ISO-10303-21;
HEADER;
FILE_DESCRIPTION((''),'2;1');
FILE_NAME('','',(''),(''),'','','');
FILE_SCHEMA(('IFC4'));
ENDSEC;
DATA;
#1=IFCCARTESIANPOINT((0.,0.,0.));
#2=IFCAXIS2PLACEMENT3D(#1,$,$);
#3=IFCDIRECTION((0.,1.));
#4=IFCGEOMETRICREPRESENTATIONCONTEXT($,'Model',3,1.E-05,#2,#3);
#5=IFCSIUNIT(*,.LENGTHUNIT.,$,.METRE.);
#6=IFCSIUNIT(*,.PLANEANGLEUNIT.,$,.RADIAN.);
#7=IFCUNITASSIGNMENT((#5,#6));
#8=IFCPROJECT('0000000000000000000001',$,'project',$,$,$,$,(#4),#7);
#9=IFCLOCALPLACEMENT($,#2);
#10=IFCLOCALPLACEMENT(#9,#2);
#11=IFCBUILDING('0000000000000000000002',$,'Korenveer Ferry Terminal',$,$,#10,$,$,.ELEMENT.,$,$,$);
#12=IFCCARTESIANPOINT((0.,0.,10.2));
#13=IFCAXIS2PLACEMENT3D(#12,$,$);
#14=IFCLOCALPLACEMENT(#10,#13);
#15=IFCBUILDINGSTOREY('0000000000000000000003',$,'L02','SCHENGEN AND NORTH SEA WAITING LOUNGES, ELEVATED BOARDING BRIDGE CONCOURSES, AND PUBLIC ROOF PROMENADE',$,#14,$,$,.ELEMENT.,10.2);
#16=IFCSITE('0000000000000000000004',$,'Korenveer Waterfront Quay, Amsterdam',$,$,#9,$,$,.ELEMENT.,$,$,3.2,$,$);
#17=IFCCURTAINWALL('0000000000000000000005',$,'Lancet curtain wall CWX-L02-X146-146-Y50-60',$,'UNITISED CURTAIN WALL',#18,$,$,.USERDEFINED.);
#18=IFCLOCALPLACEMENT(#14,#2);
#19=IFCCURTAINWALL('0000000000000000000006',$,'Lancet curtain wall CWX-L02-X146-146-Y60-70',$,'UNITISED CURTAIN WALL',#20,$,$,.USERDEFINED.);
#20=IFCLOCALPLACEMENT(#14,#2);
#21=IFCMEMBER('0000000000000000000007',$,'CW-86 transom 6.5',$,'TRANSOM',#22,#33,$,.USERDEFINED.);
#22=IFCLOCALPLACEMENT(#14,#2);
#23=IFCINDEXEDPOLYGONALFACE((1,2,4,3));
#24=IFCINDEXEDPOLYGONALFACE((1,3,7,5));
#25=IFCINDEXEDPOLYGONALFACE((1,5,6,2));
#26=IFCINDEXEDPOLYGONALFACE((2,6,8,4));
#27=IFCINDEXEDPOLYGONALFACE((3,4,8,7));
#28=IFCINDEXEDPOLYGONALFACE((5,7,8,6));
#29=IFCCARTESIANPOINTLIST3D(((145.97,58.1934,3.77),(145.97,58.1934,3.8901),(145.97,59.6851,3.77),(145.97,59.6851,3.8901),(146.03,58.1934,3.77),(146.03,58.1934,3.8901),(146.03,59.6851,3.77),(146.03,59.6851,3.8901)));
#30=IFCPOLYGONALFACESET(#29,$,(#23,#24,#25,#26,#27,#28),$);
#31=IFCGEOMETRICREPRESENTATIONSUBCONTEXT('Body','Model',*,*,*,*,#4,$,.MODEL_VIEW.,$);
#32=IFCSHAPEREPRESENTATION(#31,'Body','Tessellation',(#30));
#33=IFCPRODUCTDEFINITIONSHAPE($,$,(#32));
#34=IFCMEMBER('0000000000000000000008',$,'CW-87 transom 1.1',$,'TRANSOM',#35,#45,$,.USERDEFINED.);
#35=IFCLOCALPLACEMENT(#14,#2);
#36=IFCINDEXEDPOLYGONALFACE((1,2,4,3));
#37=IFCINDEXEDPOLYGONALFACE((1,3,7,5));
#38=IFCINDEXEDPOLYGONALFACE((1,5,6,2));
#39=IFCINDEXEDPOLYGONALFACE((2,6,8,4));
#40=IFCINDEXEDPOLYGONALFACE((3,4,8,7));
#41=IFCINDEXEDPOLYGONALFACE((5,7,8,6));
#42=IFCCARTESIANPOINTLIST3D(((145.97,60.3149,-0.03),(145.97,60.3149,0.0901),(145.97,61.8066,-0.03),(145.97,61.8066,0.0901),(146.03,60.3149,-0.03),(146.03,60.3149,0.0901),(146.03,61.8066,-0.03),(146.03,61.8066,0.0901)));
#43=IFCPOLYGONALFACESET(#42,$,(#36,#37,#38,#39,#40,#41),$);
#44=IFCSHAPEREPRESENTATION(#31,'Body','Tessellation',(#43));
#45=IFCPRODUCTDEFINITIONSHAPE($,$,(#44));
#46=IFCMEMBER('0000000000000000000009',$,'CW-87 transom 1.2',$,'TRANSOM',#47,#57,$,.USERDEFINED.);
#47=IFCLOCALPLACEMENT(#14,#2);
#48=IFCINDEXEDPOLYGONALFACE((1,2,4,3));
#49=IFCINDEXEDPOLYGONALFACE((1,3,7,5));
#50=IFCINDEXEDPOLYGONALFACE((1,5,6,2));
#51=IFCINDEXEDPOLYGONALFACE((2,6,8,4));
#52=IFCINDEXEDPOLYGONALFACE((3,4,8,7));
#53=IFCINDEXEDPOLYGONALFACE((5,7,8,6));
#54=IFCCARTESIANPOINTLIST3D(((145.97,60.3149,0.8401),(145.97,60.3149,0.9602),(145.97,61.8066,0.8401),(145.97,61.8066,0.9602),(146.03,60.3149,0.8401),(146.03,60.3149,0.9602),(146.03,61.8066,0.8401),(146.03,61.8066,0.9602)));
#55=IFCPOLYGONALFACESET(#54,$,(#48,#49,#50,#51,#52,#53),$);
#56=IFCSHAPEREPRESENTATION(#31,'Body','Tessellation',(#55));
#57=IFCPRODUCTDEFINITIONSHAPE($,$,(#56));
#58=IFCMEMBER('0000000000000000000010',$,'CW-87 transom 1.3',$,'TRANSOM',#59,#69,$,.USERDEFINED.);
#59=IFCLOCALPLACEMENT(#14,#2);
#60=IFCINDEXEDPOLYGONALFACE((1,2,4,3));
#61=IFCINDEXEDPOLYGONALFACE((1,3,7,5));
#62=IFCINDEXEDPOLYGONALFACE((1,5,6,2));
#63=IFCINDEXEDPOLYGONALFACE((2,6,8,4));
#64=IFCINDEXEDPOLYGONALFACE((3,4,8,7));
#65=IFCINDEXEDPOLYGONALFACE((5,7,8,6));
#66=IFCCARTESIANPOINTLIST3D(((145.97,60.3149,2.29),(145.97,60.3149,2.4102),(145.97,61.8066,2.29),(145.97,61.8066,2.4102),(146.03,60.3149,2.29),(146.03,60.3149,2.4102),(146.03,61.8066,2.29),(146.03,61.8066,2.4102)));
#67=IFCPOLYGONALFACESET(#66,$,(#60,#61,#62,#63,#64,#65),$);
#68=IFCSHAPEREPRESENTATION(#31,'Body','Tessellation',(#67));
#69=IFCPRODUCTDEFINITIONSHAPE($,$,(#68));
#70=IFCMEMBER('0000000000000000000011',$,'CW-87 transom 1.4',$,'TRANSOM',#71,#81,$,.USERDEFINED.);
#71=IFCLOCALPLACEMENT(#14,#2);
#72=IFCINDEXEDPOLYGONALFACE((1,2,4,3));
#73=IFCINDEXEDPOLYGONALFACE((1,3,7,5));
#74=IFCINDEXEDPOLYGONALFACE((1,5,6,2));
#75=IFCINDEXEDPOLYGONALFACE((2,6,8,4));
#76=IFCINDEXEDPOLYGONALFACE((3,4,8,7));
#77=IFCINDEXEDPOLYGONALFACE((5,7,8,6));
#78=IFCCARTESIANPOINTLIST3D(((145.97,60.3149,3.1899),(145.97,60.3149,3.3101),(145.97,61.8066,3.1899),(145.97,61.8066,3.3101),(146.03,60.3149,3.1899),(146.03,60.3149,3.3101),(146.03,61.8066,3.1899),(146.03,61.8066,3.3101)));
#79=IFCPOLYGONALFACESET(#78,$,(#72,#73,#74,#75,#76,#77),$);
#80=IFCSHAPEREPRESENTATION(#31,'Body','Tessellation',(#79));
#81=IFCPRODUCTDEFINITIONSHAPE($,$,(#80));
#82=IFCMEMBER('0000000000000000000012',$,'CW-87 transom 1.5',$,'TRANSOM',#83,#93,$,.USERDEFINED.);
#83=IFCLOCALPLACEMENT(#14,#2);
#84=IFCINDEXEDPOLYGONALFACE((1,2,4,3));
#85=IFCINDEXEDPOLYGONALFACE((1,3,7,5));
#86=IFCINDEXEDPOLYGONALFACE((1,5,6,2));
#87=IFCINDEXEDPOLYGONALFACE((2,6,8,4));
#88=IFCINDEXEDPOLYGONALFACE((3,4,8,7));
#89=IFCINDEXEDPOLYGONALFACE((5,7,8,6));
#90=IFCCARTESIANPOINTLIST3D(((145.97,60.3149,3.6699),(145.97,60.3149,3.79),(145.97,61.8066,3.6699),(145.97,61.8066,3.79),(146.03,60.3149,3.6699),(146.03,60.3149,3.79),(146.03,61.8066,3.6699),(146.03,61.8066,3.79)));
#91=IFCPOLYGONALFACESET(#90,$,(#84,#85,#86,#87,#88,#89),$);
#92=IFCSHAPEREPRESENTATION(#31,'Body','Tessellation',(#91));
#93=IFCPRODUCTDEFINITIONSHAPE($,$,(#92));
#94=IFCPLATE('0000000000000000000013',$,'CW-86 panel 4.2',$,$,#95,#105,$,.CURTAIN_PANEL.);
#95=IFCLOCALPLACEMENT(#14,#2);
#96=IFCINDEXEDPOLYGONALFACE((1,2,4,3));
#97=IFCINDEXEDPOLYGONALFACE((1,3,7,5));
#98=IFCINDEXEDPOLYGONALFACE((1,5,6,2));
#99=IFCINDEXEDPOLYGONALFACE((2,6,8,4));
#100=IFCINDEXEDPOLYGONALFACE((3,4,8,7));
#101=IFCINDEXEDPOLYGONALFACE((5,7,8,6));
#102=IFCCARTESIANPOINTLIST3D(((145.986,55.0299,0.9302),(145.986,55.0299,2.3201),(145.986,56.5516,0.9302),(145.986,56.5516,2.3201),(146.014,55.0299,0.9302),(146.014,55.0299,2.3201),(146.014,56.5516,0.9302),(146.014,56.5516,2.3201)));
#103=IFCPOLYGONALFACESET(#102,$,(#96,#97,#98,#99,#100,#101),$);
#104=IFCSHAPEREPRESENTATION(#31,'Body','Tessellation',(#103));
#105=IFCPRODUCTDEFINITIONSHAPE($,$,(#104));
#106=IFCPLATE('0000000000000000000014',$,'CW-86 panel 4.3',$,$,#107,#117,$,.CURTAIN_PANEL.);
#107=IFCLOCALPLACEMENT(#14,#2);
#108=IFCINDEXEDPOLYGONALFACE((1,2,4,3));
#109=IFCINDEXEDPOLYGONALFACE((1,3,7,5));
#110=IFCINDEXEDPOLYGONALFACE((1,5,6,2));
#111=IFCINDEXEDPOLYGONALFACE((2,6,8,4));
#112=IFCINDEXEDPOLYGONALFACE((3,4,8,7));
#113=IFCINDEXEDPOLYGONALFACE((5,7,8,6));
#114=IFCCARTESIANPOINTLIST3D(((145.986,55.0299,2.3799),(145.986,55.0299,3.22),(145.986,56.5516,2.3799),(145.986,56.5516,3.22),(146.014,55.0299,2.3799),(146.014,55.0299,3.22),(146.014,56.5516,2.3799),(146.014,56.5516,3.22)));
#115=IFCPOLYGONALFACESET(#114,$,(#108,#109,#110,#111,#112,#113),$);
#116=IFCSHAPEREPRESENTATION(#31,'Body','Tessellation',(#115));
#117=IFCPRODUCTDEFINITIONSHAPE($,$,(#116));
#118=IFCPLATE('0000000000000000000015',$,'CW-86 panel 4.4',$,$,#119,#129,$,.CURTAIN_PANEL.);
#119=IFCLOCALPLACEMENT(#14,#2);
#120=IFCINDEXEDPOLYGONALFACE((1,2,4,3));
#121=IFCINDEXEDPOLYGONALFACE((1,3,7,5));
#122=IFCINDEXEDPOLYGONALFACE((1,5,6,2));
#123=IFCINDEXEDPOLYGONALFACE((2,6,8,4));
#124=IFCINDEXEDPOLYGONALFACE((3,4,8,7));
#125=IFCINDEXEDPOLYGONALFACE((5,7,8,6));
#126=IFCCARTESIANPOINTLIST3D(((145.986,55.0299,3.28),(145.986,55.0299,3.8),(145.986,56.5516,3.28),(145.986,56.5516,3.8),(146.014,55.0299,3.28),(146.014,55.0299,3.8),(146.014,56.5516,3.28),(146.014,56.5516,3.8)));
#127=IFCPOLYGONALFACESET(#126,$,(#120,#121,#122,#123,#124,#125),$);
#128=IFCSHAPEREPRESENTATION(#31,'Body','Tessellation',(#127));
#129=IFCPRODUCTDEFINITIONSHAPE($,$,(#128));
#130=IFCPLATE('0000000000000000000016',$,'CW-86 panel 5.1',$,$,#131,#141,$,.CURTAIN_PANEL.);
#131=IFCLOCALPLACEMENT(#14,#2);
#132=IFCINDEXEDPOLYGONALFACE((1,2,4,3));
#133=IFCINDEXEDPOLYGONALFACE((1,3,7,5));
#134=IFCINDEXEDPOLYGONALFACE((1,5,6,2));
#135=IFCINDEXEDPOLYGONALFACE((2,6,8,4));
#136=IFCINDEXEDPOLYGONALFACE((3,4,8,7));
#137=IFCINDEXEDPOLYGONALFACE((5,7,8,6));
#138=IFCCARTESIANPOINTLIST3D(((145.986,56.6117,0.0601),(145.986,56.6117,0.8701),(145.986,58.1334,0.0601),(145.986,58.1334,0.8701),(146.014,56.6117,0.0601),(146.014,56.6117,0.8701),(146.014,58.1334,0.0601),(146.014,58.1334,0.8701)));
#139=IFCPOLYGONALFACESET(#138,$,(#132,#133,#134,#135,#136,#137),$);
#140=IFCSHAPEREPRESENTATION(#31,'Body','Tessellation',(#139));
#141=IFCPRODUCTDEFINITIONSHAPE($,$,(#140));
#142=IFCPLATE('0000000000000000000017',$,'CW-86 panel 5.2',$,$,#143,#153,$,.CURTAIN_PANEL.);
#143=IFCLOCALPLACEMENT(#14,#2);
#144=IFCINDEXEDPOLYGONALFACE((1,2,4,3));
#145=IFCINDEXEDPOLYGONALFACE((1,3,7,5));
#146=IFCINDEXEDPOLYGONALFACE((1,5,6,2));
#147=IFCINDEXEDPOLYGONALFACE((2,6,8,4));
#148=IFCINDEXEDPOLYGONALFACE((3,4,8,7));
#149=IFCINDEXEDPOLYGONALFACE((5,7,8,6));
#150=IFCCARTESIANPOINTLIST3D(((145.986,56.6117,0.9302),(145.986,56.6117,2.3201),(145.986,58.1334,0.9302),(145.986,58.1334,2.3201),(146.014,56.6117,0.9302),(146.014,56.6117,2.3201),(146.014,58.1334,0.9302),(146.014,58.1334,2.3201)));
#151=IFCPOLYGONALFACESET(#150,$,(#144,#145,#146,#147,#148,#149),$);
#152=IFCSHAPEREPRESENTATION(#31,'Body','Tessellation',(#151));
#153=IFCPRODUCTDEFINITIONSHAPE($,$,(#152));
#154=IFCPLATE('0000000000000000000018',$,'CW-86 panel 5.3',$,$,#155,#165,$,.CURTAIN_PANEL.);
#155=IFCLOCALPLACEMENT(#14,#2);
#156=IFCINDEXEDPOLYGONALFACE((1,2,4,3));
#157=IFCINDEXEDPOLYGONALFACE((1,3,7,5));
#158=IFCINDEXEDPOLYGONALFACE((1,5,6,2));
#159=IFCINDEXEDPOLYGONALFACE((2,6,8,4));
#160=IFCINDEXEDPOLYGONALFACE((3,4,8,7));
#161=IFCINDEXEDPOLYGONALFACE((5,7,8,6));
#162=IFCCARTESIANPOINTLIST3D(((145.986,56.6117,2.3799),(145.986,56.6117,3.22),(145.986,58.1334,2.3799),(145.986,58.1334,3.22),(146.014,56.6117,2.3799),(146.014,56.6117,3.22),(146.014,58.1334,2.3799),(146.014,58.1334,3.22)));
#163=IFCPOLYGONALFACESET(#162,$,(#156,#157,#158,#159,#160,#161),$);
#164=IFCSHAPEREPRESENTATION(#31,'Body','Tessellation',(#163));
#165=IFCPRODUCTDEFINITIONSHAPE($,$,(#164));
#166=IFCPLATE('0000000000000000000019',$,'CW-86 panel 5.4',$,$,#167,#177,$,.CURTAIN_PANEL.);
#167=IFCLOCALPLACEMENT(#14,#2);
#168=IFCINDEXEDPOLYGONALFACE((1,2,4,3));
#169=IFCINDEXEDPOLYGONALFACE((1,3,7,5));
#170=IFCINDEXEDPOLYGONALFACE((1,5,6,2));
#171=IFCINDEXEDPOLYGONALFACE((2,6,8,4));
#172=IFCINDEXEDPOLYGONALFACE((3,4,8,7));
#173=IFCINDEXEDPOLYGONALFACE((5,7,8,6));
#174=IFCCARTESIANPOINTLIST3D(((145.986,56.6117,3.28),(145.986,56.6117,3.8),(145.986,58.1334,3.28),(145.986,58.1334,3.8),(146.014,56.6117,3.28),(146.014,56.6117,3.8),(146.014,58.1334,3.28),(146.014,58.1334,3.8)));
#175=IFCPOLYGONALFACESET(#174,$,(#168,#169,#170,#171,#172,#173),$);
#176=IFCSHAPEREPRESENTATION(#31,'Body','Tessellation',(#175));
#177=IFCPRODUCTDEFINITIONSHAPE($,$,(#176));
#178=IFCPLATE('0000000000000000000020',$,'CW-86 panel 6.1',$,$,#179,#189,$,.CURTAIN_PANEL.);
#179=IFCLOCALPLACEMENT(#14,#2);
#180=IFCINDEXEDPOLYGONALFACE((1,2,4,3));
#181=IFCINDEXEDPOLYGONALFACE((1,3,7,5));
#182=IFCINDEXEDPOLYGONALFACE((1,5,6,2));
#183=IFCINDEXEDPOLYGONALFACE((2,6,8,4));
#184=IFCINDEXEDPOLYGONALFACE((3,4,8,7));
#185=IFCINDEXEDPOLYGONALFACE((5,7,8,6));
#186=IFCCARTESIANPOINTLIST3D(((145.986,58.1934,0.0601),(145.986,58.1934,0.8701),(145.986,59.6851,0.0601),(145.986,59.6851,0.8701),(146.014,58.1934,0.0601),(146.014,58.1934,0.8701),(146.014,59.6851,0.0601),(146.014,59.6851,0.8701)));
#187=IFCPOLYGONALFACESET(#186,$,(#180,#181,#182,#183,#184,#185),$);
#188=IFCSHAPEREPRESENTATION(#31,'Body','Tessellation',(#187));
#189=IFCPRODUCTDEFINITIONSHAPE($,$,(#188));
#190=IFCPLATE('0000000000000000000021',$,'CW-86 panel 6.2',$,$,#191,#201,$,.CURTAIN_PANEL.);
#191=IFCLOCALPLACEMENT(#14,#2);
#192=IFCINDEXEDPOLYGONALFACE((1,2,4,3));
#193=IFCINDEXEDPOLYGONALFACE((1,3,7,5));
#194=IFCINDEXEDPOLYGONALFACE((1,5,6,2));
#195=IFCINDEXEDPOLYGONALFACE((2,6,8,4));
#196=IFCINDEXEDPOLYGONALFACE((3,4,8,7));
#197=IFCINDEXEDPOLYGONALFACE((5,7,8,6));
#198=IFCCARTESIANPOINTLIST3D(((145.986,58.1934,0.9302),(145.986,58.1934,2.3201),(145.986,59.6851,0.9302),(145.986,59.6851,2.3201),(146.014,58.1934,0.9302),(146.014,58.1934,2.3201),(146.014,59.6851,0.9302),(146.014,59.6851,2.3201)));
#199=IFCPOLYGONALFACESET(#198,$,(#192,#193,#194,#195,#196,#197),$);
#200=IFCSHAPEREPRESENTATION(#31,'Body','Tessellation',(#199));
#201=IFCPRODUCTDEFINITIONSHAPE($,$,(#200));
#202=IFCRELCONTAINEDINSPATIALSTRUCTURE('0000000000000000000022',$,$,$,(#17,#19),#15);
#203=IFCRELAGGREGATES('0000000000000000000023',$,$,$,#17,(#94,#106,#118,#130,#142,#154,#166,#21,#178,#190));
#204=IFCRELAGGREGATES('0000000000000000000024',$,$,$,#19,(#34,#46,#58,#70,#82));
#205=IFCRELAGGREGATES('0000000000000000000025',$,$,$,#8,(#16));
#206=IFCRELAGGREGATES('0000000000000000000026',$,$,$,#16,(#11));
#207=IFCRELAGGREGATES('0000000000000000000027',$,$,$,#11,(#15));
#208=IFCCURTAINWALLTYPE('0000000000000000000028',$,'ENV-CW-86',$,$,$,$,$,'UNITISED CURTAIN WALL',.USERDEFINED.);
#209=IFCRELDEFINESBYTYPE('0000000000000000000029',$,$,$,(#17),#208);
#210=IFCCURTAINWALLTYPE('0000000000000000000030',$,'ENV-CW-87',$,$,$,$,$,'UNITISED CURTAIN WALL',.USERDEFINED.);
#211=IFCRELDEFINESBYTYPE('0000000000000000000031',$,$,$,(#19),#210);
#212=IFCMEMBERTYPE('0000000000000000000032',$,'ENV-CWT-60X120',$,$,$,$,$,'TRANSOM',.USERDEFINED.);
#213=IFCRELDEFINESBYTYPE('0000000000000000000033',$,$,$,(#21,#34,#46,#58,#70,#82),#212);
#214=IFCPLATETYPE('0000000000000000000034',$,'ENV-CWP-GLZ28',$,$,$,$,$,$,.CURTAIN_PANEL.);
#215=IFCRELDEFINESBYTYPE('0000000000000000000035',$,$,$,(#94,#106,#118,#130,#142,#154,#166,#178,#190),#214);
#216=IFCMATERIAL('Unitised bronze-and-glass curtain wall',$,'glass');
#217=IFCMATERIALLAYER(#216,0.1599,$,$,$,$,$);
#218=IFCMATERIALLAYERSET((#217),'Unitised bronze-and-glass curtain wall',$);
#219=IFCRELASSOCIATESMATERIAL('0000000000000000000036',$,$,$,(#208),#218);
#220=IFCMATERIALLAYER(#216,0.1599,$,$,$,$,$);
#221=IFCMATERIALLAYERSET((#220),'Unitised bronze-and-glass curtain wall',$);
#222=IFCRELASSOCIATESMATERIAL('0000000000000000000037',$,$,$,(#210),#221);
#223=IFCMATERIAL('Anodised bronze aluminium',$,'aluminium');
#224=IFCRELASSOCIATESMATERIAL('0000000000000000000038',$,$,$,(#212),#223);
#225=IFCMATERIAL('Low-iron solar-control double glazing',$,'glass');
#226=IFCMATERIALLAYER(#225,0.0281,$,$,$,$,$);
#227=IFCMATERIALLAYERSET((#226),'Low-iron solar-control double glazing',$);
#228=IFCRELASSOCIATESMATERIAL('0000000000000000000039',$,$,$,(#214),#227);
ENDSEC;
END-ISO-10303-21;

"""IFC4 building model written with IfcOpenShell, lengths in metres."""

from ifc_helpers import new_model, si_unit, direction, frame, origin, origin_2d, place, context, subcontext, project, spatial, rectangle, extrude, material, layer, layer_set, material_profile, profile_set, type_object, element, aggregate, save


model = new_model("IFC4")

# Units and contexts
model_context = context("Model", 3, precision=1e-05, world=origin(), true_north=direction((0.0, 1.0)))
body_context = subcontext(model_context, "Body", "Model", "MODEL_VIEW")
ifc_project = project(units=[si_unit("LENGTHUNIT", "METRE"), si_unit("PLANEANGLEUNIT", "RADIAN")], contexts=[model_context])

# Site, building, storey
site_placement = place(None, origin())
site = spatial("IfcSite", under=ifc_project, at=site_placement, Name="Korenveer Waterfront Quay, Amsterdam", CompositionType="ELEMENT", RefElevation=3.2)
building_placement = place(site_placement, origin())
building = spatial("IfcBuilding", under=site, at=building_placement, Name="Korenveer Ferry Terminal", CompositionType="ELEMENT")
storey_placement = place(building_placement, frame((0.0, 0.0, 10.2)))
storey = spatial("IfcBuildingStorey", under=building, at=storey_placement, Name="L02", Description="SCHENGEN AND NORTH SEA WAITING LOUNGES, ELEVATED BOARDING BRIDGE CONCOURSES, AND PUBLIC ROOF PROMENADE", CompositionType="ELEMENT", Elevation=10.2)

# Curtain wall
ifc_material_1 = material(Name="Unitised bronze-and-glass curtain wall", Category="glass")
ifc_layer_1 = layer(ifc_material_1, 0.1599)
ifc_layer_set_1 = layer_set([ifc_layer_1], Name="Unitised bronze-and-glass curtain wall")
curtain_wall_type_1 = type_object("IfcCurtainWallType", Name="ENV-CW-86", ElementType="UNITISED CURTAIN WALL", PredefinedType="USERDEFINED", material=ifc_layer_set_1)
curtain_wall_1_placement = place(storey_placement, frame((146.0, 50.2549, 0.0)))
curtain_wall_1 = element("IfcCurtainWall", 1, at=curtain_wall_1_placement, inside=storey, type_object=curtain_wall_type_1, Name="Lancet curtain wall CWX-L02-X146-146-Y50-60", ObjectType="UNITISED CURTAIN WALL", PredefinedType="USERDEFINED")
ifc_material_2 = material(Name="Anodised bronze aluminium", Category="aluminium")

# Curtain wall
ifc_layer_2 = layer(ifc_material_1, 0.1599)
ifc_layer_set_2 = layer_set([ifc_layer_2], Name="Unitised bronze-and-glass curtain wall")
curtain_wall_type_2 = type_object("IfcCurtainWallType", Name="ENV-CW-87", ElementType="UNITISED CURTAIN WALL", PredefinedType="USERDEFINED", material=ifc_layer_set_2)
curtain_wall_2_placement = place(storey_placement, frame((146.0, 60.2549, 0.0)))
curtain_wall_2 = element("IfcCurtainWall", 2, at=curtain_wall_2_placement, inside=storey, type_object=curtain_wall_type_2, Name="Lancet curtain wall CWX-L02-X146-146-Y60-70", ObjectType="UNITISED CURTAIN WALL", PredefinedType="USERDEFINED")

# Members
ifc_material_profile_1 = material_profile(ifc_material_2, rectangle(XDim=0.0601, YDim=0.1201, at=origin_2d()), Name="ALU 60x120")
ifc_profile_set_1 = profile_set([ifc_material_profile_1], Name="Anodised bronze aluminium")
member_type_1 = type_object("IfcMemberType", Name="ENV-CWT-60X120", ElementType="TRANSOM", PredefinedType="USERDEFINED", material=ifc_profile_set_1)
member_1_placement = place(storey_placement, frame((146.0, 58.1934, 3.8301), z_axis=(0.0, 1.0, 0.0), x_axis=(-1.0, 0.0, 0.0)))
member_1 = element("IfcMember", 3, at=member_1_placement, type_object=member_type_1, Name="CW-86 transom 6.5", ObjectType="TRANSOM", PredefinedType="USERDEFINED", context=body_context, shape_type="SweptSolid", body=[
    extrude(rectangle(XDim=0.0601, YDim=0.1201, at=origin_2d()), origin(), (0.0, 0.0, 1.0), 1.4917),
])
member_2_placement = place(storey_placement, frame((146.0, 60.3149, 0.03), z_axis=(0.0, 1.0, 0.0), x_axis=(-1.0, 0.0, 0.0)))
member_2 = element("IfcMember", 4, at=member_2_placement, type_object=member_type_1, Name="CW-87 transom 1.1", ObjectType="TRANSOM", PredefinedType="USERDEFINED", context=body_context, shape_type="SweptSolid", body=[
    extrude(rectangle(XDim=0.0601, YDim=0.1201, at=origin_2d()), origin(), (0.0, 0.0, 1.0), 1.4917),
])
member_3_placement = place(storey_placement, frame((146.0, 60.3149, 0.9001), z_axis=(0.0, 1.0, 0.0), x_axis=(-1.0, 0.0, 0.0)))
member_3 = element("IfcMember", 5, at=member_3_placement, type_object=member_type_1, Name="CW-87 transom 1.2", ObjectType="TRANSOM", PredefinedType="USERDEFINED", context=body_context, shape_type="SweptSolid", body=[
    extrude(rectangle(XDim=0.0601, YDim=0.1201, at=origin_2d()), origin(), (0.0, 0.0, 1.0), 1.4917),
])
member_4_placement = place(storey_placement, frame((146.0, 60.3149, 2.3501), z_axis=(0.0, 1.0, 0.0), x_axis=(-1.0, 0.0, 0.0)))
member_4 = element("IfcMember", 6, at=member_4_placement, type_object=member_type_1, Name="CW-87 transom 1.3", ObjectType="TRANSOM", PredefinedType="USERDEFINED", context=body_context, shape_type="SweptSolid", body=[
    extrude(rectangle(XDim=0.0601, YDim=0.1201, at=origin_2d()), origin(), (0.0, 0.0, 1.0), 1.4917),
])
member_5_placement = place(storey_placement, frame((146.0, 60.3149, 3.25), z_axis=(0.0, 1.0, 0.0), x_axis=(-1.0, 0.0, 0.0)))
member_5 = element("IfcMember", 7, at=member_5_placement, type_object=member_type_1, Name="CW-87 transom 1.4", ObjectType="TRANSOM", PredefinedType="USERDEFINED", context=body_context, shape_type="SweptSolid", body=[
    extrude(rectangle(XDim=0.0601, YDim=0.1201, at=origin_2d()), origin(), (0.0, 0.0, 1.0), 1.4917),
])
member_6_placement = place(storey_placement, frame((146.0, 60.3149, 3.73), z_axis=(0.0, 1.0, 0.0), x_axis=(-1.0, 0.0, 0.0)))
member_6 = element("IfcMember", 8, at=member_6_placement, type_object=member_type_1, Name="CW-87 transom 1.5", ObjectType="TRANSOM", PredefinedType="USERDEFINED", context=body_context, shape_type="SweptSolid", body=[
    extrude(rectangle(XDim=0.0601, YDim=0.1201, at=origin_2d()), origin(), (0.0, 0.0, 1.0), 1.4917),
])

# Plates
ifc_material_3 = material(Name="Low-iron solar-control double glazing", Category="glass")
ifc_layer_3 = layer(ifc_material_3, 0.0281)
ifc_layer_set_3 = layer_set([ifc_layer_3], Name="Low-iron solar-control double glazing")
plate_type = type_object("IfcPlateType", Name="ENV-CWP-GLZ28", PredefinedType="CURTAIN_PANEL", material=ifc_layer_set_3)
plate_1_placement = place(storey_placement, frame((146.0, 55.7908, 0.9302), z_axis=(0.0, 0.0, 1.0), x_axis=(0.0, 1.0, 0.0)))
plate_1 = element("IfcPlate", 9, at=plate_1_placement, type_object=plate_type, Name="CW-86 panel 4.2", PredefinedType="CURTAIN_PANEL", context=body_context, shape_type="SweptSolid", body=[
    extrude(rectangle(XDim=1.5217, YDim=0.0281, at=origin_2d()), origin(), (0.0, 0.0, 1.0), 1.3899),
])
plate_2_placement = place(storey_placement, frame((146.0, 55.7908, 2.3799), z_axis=(0.0, 0.0, 1.0), x_axis=(0.0, 1.0, 0.0)))
plate_2 = element("IfcPlate", 10, at=plate_2_placement, type_object=plate_type, Name="CW-86 panel 4.3", PredefinedType="CURTAIN_PANEL", context=body_context, shape_type="SweptSolid", body=[
    extrude(rectangle(XDim=1.5217, YDim=0.0281, at=origin_2d()), origin(), (0.0, 0.0, 1.0), 0.8401),
])
plate_3_placement = place(storey_placement, frame((146.0, 55.7908, 3.28), z_axis=(0.0, 0.0, 1.0), x_axis=(0.0, 1.0, 0.0)))
plate_3 = element("IfcPlate", 11, at=plate_3_placement, type_object=plate_type, Name="CW-86 panel 4.4", PredefinedType="CURTAIN_PANEL", context=body_context, shape_type="SweptSolid", body=[
    extrude(rectangle(XDim=1.5217, YDim=0.0281, at=origin_2d()), origin(), (0.0, 0.0, 1.0), 0.52),
])
plate_4_placement = place(storey_placement, frame((146.0, 57.3726, 0.0601), z_axis=(0.0, 0.0, 1.0), x_axis=(0.0, 1.0, 0.0)))
plate_4 = element("IfcPlate", 12, at=plate_4_placement, type_object=plate_type, Name="CW-86 panel 5.1", PredefinedType="CURTAIN_PANEL", context=body_context, shape_type="SweptSolid", body=[
    extrude(rectangle(XDim=1.5217, YDim=0.0281, at=origin_2d()), origin(), (0.0, 0.0, 1.0), 0.8101),
])
plate_5_placement = place(storey_placement, frame((146.0, 57.3726, 0.9302), z_axis=(0.0, 0.0, 1.0), x_axis=(0.0, 1.0, 0.0)))
plate_5 = element("IfcPlate", 13, at=plate_5_placement, type_object=plate_type, Name="CW-86 panel 5.2", PredefinedType="CURTAIN_PANEL", context=body_context, shape_type="SweptSolid", body=[
    extrude(rectangle(XDim=1.5217, YDim=0.0281, at=origin_2d()), origin(), (0.0, 0.0, 1.0), 1.3899),
])
plate_6_placement = place(storey_placement, frame((146.0, 57.3726, 2.3799), z_axis=(0.0, 0.0, 1.0), x_axis=(0.0, 1.0, 0.0)))
plate_6 = element("IfcPlate", 14, at=plate_6_placement, type_object=plate_type, Name="CW-86 panel 5.3", PredefinedType="CURTAIN_PANEL", context=body_context, shape_type="SweptSolid", body=[
    extrude(rectangle(XDim=1.5217, YDim=0.0281, at=origin_2d()), origin(), (0.0, 0.0, 1.0), 0.8401),
])
plate_7_placement = place(storey_placement, frame((146.0, 57.3726, 3.28), z_axis=(0.0, 0.0, 1.0), x_axis=(0.0, 1.0, 0.0)))
plate_7 = element("IfcPlate", 15, at=plate_7_placement, type_object=plate_type, Name="CW-86 panel 5.4", PredefinedType="CURTAIN_PANEL", context=body_context, shape_type="SweptSolid", body=[
    extrude(rectangle(XDim=1.5217, YDim=0.0281, at=origin_2d()), origin(), (0.0, 0.0, 1.0), 0.52),
])
plate_8_placement = place(storey_placement, frame((146.0, 58.9392, 0.0601), z_axis=(0.0, 0.0, 1.0), x_axis=(0.0, 1.0, 0.0)))
plate_8 = element("IfcPlate", 16, at=plate_8_placement, type_object=plate_type, Name="CW-86 panel 6.1", PredefinedType="CURTAIN_PANEL", context=body_context, shape_type="SweptSolid", body=[
    extrude(rectangle(XDim=1.4917, YDim=0.0281, at=origin_2d()), origin(), (0.0, 0.0, 1.0), 0.8101),
])
plate_9_placement = place(storey_placement, frame((146.0, 58.9392, 0.9302), z_axis=(0.0, 0.0, 1.0), x_axis=(0.0, 1.0, 0.0)))
plate_9 = element("IfcPlate", 17, at=plate_9_placement, type_object=plate_type, Name="CW-86 panel 6.2", PredefinedType="CURTAIN_PANEL", context=body_context, shape_type="SweptSolid", body=[
    extrude(rectangle(XDim=1.4917, YDim=0.0281, at=origin_2d()), origin(), (0.0, 0.0, 1.0), 1.3899),
])
aggregate(curtain_wall_1, [plate_1, plate_2, plate_3, plate_4, plate_5, plate_6, plate_7, member_1, plate_8, plate_9])
aggregate(curtain_wall_2, [member_2, member_3, member_4, member_5, member_6])

save(model, "model.ifc")
